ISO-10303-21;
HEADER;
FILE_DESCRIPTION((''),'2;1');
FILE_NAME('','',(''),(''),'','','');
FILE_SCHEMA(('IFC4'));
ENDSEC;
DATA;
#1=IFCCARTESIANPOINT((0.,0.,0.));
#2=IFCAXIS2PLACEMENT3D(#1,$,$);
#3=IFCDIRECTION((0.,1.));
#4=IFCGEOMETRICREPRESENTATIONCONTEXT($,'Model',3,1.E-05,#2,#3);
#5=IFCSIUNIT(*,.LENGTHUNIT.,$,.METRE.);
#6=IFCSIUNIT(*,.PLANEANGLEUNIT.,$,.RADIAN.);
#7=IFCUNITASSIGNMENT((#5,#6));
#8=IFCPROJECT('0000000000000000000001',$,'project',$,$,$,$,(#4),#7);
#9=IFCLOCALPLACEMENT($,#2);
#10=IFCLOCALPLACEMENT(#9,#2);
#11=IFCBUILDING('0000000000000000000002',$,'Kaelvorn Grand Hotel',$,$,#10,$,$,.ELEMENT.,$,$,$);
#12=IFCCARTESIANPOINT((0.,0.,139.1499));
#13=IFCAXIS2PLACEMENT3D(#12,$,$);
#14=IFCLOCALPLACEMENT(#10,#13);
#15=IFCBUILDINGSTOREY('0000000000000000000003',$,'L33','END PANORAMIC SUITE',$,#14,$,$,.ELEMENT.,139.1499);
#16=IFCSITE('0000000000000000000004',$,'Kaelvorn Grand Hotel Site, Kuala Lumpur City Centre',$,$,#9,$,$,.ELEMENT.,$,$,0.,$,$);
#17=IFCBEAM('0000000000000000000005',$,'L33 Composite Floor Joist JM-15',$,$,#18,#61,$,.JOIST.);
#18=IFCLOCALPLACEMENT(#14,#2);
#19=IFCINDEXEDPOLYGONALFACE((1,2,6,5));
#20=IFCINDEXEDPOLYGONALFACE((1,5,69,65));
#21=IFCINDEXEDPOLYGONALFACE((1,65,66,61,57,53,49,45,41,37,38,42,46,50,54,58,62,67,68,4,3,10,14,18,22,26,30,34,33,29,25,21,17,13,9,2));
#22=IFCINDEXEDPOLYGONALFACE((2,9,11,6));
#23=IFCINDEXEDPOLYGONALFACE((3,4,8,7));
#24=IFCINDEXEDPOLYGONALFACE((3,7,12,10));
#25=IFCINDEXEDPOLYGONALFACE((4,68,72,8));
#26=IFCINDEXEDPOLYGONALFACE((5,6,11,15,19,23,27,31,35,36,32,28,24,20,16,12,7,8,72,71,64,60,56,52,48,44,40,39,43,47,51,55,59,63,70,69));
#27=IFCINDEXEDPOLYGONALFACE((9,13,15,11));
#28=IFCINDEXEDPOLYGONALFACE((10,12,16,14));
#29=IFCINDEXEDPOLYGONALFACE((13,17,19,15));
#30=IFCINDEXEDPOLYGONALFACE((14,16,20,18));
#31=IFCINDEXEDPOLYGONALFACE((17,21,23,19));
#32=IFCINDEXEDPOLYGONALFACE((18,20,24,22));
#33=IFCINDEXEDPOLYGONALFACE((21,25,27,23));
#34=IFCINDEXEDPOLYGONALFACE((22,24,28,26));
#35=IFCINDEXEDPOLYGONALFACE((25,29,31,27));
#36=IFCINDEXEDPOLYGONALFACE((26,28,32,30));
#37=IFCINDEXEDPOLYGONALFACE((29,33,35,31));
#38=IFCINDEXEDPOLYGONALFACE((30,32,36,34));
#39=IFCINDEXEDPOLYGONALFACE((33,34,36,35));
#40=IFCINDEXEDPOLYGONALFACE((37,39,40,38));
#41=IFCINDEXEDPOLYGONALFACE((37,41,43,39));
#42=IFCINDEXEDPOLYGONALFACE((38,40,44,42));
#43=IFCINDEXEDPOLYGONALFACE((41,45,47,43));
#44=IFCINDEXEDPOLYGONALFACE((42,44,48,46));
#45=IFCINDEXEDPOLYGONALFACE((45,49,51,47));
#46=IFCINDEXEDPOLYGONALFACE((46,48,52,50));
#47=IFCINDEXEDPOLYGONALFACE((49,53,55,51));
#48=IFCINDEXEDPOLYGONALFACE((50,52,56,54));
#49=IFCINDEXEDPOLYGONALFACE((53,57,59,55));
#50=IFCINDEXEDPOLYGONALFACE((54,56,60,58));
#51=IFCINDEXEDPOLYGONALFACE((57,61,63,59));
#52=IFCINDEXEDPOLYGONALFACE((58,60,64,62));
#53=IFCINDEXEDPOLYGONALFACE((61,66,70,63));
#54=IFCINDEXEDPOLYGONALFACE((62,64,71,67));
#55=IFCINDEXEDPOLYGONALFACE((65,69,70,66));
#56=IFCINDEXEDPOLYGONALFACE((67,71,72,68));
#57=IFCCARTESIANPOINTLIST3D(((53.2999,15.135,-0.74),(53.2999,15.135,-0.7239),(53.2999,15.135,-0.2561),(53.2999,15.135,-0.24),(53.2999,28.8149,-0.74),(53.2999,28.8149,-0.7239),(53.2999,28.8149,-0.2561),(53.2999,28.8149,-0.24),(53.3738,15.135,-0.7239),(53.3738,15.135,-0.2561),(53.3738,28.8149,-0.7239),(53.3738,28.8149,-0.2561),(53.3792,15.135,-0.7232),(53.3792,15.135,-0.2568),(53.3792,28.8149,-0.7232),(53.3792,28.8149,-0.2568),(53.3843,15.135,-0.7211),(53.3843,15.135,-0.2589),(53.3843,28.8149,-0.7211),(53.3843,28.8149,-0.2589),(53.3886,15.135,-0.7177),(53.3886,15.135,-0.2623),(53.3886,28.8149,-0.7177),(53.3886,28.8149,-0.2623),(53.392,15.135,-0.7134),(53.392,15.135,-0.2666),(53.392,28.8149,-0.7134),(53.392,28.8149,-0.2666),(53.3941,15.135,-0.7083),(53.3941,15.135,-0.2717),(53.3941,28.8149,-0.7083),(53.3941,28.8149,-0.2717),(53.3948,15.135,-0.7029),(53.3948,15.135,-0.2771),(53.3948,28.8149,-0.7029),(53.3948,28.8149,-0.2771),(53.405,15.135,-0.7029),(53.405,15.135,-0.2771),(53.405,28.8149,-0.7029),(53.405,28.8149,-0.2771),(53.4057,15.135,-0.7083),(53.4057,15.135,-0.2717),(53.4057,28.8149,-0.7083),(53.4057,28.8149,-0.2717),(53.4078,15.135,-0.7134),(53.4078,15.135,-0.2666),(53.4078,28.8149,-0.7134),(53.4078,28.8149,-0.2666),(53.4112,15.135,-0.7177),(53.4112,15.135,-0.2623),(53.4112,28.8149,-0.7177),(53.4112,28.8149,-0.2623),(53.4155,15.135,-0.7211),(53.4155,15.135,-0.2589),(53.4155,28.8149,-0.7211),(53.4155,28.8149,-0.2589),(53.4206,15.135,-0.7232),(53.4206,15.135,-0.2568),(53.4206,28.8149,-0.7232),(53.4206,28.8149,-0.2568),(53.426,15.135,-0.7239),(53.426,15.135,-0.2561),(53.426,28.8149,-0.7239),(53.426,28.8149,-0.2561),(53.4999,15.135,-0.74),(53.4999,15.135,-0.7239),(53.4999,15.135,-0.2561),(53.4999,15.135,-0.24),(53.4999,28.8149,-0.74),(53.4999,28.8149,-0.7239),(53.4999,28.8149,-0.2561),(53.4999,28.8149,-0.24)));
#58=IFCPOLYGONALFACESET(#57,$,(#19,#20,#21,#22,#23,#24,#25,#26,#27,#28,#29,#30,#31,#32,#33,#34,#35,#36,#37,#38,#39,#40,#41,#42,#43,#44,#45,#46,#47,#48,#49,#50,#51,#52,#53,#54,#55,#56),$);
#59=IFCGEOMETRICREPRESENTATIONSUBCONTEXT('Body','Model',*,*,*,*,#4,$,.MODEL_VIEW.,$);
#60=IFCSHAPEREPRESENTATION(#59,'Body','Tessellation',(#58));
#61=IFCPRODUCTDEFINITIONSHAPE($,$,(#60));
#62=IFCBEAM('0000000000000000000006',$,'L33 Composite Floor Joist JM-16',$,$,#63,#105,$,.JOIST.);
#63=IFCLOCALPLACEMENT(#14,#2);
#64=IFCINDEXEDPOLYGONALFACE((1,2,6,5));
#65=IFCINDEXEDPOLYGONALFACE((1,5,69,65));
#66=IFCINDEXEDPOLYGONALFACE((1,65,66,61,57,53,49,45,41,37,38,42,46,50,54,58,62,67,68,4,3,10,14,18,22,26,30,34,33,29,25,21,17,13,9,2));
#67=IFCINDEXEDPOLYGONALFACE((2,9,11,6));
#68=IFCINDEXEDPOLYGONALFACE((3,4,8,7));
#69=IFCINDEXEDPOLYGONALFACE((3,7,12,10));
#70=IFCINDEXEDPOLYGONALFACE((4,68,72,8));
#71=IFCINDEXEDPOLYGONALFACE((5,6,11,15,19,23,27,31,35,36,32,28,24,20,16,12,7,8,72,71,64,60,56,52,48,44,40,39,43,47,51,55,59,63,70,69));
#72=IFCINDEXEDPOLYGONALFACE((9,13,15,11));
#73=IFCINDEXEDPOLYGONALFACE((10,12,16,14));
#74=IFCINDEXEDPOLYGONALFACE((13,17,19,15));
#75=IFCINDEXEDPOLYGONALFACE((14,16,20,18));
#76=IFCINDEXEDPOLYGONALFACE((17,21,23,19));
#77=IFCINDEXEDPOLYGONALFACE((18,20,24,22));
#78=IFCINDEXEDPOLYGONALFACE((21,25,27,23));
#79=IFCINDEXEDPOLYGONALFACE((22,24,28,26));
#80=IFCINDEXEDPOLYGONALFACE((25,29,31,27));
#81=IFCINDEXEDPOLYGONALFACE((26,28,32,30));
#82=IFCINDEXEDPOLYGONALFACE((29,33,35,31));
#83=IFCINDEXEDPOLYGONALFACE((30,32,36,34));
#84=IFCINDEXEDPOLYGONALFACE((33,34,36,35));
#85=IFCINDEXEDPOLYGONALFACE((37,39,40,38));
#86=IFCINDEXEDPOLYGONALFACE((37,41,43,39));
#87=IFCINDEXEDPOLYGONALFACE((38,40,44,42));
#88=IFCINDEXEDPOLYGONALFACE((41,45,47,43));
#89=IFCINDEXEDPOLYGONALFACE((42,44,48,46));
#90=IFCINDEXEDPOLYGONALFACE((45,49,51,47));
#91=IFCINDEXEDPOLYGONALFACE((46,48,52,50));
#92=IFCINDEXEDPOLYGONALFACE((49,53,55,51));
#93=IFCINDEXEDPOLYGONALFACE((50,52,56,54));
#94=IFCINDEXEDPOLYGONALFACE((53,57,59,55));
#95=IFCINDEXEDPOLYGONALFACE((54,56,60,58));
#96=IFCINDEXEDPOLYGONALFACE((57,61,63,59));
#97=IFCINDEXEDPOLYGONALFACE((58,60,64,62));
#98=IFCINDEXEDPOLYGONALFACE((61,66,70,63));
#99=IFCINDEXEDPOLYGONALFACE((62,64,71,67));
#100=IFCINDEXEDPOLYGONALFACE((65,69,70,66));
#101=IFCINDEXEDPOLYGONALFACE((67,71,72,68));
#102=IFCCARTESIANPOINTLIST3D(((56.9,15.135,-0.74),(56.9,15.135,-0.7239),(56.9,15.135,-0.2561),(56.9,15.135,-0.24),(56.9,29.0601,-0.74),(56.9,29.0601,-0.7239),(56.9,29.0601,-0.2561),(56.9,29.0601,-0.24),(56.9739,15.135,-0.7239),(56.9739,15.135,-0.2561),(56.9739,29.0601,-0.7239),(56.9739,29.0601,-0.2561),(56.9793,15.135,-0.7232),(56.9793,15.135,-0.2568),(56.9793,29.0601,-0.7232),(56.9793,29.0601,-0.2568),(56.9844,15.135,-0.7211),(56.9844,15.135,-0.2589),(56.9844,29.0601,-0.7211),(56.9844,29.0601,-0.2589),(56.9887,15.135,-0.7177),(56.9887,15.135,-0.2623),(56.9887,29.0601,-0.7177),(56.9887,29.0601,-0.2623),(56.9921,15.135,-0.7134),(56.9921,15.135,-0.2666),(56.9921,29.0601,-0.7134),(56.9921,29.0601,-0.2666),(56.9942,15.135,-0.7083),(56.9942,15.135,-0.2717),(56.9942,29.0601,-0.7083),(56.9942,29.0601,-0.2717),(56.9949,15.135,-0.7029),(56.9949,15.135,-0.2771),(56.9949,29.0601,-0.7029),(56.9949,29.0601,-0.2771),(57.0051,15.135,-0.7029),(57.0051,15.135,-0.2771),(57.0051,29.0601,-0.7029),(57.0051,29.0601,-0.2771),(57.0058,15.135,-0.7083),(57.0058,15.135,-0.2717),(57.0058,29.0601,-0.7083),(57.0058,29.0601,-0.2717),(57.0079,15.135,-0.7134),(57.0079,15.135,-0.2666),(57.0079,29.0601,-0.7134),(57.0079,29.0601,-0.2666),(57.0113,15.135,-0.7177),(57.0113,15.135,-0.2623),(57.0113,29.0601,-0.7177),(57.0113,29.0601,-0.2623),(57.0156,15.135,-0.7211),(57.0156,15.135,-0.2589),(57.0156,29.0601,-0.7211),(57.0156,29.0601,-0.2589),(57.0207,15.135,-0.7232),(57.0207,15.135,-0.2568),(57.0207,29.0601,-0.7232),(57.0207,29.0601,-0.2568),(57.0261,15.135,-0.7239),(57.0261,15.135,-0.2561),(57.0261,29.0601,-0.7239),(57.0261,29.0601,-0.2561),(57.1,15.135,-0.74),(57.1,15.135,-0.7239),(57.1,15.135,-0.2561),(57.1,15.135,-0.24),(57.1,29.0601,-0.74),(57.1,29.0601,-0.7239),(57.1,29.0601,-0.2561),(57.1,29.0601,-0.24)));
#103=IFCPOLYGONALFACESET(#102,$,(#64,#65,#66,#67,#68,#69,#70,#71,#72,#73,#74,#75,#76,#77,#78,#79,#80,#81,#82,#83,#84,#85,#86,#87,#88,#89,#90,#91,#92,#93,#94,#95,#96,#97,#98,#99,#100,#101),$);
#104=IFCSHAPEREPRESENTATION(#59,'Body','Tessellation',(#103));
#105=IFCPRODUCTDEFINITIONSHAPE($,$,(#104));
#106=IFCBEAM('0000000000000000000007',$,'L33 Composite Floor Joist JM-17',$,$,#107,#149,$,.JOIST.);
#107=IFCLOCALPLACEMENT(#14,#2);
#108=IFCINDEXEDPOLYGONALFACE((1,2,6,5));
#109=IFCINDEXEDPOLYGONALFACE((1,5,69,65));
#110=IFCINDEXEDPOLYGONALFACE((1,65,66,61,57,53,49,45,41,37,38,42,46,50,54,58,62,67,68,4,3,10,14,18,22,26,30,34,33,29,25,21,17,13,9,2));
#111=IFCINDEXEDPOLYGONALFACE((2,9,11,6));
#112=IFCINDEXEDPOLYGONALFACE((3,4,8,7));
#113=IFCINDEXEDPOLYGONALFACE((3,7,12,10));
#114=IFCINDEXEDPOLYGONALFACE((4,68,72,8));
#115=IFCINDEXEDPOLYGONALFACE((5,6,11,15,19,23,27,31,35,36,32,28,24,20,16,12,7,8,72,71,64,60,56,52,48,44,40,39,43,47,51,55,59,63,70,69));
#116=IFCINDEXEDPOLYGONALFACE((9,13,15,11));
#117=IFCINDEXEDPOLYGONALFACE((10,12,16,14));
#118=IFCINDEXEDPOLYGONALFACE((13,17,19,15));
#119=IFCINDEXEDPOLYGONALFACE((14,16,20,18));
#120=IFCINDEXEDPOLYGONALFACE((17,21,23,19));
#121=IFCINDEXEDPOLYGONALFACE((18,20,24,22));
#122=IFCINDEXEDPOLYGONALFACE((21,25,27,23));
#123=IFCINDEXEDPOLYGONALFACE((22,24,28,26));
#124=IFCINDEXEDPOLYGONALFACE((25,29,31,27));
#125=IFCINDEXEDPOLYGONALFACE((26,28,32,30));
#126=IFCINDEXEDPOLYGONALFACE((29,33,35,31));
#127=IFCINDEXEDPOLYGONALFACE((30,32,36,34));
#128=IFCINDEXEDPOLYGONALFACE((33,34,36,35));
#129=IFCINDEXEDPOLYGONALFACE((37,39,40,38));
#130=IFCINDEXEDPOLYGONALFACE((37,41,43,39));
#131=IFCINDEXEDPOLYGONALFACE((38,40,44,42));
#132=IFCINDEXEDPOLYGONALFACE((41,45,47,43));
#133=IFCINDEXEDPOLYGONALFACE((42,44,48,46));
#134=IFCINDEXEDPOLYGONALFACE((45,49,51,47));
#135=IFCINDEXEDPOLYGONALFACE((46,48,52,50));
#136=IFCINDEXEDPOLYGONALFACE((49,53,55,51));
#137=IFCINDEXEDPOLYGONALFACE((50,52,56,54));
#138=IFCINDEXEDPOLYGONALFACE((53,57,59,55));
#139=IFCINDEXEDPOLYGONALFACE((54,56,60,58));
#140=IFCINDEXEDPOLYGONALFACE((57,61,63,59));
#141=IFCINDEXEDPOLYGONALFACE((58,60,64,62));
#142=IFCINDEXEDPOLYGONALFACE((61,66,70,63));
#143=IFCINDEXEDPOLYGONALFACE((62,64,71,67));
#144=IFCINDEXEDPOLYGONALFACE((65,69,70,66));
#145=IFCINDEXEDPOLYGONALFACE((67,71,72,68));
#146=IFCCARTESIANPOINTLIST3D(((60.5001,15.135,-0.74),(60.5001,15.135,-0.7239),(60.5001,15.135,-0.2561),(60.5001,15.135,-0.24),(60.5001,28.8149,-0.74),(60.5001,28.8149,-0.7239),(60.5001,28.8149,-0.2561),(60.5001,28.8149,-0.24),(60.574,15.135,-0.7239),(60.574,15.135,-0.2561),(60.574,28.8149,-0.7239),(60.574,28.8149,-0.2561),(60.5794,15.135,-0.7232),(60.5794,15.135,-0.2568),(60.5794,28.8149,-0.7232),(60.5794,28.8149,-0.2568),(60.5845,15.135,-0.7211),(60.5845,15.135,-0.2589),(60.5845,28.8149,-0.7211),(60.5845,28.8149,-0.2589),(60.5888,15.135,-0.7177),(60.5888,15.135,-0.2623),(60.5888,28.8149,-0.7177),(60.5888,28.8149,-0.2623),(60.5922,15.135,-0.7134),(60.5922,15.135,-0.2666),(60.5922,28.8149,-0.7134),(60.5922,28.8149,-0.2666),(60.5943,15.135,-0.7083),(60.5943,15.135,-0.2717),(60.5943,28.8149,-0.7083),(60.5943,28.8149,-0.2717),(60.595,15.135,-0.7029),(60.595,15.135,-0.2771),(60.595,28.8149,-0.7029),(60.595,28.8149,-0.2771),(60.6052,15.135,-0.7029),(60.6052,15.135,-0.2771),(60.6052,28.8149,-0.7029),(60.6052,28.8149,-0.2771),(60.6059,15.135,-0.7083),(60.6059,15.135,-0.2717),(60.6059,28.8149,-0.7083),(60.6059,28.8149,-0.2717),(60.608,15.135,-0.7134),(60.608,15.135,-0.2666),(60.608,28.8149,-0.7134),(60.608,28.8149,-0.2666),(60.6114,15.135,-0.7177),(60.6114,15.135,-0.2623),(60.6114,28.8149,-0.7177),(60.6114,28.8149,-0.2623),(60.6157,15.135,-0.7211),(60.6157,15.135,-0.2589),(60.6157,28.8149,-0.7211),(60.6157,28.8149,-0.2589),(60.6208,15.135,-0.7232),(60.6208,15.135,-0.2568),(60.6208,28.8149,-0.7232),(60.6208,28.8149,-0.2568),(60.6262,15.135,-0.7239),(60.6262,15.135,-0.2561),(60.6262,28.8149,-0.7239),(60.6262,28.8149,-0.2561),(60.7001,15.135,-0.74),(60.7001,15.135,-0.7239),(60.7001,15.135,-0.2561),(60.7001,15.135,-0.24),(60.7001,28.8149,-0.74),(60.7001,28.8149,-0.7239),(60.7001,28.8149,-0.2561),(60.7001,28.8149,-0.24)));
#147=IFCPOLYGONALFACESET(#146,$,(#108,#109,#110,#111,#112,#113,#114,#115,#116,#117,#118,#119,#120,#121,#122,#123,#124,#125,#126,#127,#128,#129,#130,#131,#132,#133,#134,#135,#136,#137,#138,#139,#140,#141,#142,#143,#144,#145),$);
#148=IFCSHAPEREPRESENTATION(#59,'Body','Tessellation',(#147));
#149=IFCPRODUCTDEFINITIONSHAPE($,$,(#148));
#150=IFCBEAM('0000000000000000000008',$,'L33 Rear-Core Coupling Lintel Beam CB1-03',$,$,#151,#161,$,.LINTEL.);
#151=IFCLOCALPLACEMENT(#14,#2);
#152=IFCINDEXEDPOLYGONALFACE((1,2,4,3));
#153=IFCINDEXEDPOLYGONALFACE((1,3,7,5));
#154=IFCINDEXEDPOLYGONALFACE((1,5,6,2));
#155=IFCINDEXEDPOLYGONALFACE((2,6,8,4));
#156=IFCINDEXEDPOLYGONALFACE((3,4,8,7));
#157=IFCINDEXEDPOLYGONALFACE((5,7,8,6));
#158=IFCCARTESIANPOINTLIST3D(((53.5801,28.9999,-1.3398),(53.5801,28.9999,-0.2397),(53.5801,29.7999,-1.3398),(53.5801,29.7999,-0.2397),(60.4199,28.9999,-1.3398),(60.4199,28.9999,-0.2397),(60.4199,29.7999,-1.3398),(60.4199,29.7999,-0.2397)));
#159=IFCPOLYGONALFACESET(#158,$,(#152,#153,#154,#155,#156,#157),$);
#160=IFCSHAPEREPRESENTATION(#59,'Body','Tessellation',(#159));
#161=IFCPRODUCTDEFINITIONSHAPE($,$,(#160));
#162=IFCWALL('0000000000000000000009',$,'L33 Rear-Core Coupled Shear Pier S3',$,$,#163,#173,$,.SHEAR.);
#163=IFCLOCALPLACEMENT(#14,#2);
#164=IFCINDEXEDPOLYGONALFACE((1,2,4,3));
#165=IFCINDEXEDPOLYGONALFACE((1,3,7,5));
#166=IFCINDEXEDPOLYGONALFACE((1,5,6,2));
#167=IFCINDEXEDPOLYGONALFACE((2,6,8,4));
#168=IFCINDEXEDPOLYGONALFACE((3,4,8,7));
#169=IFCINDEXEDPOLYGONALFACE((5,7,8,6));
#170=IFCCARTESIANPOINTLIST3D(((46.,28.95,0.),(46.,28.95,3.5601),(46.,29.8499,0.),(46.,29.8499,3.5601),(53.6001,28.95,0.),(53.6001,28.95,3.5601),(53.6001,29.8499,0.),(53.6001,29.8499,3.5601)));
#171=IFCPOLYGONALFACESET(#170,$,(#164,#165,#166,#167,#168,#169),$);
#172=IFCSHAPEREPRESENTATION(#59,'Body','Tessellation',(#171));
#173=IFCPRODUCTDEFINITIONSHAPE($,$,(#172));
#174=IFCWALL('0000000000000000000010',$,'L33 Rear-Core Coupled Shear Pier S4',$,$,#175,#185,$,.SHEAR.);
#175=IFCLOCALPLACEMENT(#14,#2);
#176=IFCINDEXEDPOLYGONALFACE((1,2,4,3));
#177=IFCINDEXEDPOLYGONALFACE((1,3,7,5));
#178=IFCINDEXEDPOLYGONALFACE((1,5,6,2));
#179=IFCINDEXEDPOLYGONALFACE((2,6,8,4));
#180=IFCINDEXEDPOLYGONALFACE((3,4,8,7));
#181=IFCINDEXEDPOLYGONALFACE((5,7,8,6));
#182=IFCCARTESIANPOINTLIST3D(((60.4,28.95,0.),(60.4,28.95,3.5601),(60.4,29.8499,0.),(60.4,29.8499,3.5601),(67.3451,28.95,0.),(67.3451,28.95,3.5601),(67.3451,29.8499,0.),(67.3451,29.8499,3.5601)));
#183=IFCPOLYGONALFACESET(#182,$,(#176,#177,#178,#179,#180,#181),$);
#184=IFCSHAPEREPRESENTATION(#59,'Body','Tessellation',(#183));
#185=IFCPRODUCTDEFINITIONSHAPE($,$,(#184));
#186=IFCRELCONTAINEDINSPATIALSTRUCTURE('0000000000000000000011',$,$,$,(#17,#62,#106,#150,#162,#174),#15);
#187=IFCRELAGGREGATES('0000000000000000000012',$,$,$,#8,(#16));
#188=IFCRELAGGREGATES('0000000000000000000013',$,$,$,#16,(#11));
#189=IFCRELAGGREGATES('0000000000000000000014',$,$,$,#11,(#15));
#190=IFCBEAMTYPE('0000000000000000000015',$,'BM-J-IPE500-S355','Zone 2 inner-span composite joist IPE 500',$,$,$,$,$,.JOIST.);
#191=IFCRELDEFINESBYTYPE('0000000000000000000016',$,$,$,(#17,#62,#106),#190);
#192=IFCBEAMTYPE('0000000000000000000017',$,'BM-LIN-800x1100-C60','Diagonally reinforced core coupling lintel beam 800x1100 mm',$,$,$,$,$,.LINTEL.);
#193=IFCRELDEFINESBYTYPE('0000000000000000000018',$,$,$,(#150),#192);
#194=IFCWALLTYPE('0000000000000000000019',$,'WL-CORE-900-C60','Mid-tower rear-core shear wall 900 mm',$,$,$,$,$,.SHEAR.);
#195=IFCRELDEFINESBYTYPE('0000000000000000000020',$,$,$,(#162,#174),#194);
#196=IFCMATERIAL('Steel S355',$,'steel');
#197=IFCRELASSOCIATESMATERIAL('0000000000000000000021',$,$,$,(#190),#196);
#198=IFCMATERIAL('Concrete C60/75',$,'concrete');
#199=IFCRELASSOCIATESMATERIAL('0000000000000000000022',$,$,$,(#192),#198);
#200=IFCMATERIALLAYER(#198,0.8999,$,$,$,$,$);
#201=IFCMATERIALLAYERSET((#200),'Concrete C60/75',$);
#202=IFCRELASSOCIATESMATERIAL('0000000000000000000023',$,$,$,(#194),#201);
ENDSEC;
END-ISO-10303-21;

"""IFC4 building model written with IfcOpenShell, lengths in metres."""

from ifc_helpers import new_model, si_unit, direction, frame, frame_2d, origin, origin_2d, place, context, subcontext, project, spatial, rectangle, i_section, extrude, material, layer, layer_set, material_profile, profile_set, type_object, element, save


model = new_model("IFC4")

# Units and contexts
model_context = context("Model", 3, precision=1e-05, world=origin(), true_north=direction((0.0, 1.0)))
body_context = subcontext(model_context, "Body", "Model", "MODEL_VIEW")
ifc_project = project(units=[si_unit("LENGTHUNIT", "METRE"), si_unit("PLANEANGLEUNIT", "RADIAN")], contexts=[model_context])

# Site, building, storey
site_placement = place(None, origin())
site = spatial("IfcSite", under=ifc_project, at=site_placement, Name="Kaelvorn Grand Hotel Site, Kuala Lumpur City Centre", CompositionType="ELEMENT", RefElevation=0.0)
building_placement = place(site_placement, origin())
building = spatial("IfcBuilding", under=site, at=building_placement, Name="Kaelvorn Grand Hotel", CompositionType="ELEMENT")
storey_placement = place(building_placement, frame((0.0, 0.0, 139.1499)))
storey = spatial("IfcBuildingStorey", under=building, at=storey_placement, Name="L33", Description="END PANORAMIC SUITE", CompositionType="ELEMENT", Elevation=139.1499)

# Shared definitions
ifc_material_1 = material(Name="Concrete C60/75", Category="concrete")

# Beams
ifc_material_2 = material(Name="Steel S355", Category="steel")
ifc_material_profile_1 = material_profile(ifc_material_2, i_section(OverallWidth=0.2, OverallDepth=0.5, WebThickness=0.0103, FlangeThickness=0.0161, FilletRadius=0.021, at=origin_2d()), Name="IPE 500")
ifc_profile_set_1 = profile_set([ifc_material_profile_1], Name="Steel S355")
beam_type_1 = type_object("IfcBeamType", Name="BM-J-IPE500-S355", Description="Zone 2 inner-span composite joist IPE 500", PredefinedType="JOIST", material=ifc_profile_set_1)
beam_1_placement = place(storey_placement, frame((53.3999, 15.135, -0.49), z_axis=(0.0, 1.0, 0.0), x_axis=(-1.0, 0.0, 0.0)))
element("IfcBeam", 1, at=beam_1_placement, inside=storey, type_object=beam_type_1, Name="L33 Composite Floor Joist JM-15", PredefinedType="JOIST", context=body_context, shape_type="SweptSolid", body=[
    extrude(i_section(OverallWidth=0.2, OverallDepth=0.5, WebThickness=0.0103, FlangeThickness=0.0161, FilletRadius=0.021, at=origin_2d()), origin(), (0.0, 0.0, 1.0), 13.6799),
])
beam_2_placement = place(storey_placement, frame((57.0, 15.135, -0.49), z_axis=(0.0, 1.0, 0.0), x_axis=(-1.0, 0.0, 0.0)))
element("IfcBeam", 2, at=beam_2_placement, inside=storey, type_object=beam_type_1, Name="L33 Composite Floor Joist JM-16", PredefinedType="JOIST", context=body_context, shape_type="SweptSolid", body=[
    extrude(i_section(OverallWidth=0.2, OverallDepth=0.5, WebThickness=0.0103, FlangeThickness=0.0161, FilletRadius=0.021, at=origin_2d()), origin(), (0.0, 0.0, 1.0), 13.925),
])
beam_3_placement = place(storey_placement, frame((60.6001, 15.135, -0.49), z_axis=(0.0, 1.0, 0.0), x_axis=(-1.0, 0.0, 0.0)))
element("IfcBeam", 3, at=beam_3_placement, inside=storey, type_object=beam_type_1, Name="L33 Composite Floor Joist JM-17", PredefinedType="JOIST", context=body_context, shape_type="SweptSolid", body=[
    extrude(i_section(OverallWidth=0.2, OverallDepth=0.5, WebThickness=0.0103, FlangeThickness=0.0161, FilletRadius=0.021, at=origin_2d()), origin(), (0.0, 0.0, 1.0), 13.6799),
])
ifc_material_profile_2 = material_profile(ifc_material_1, rectangle(XDim=0.8, YDim=1.1001, at=origin_2d()), Name="RC LINTEL 800x1100")
ifc_profile_set_2 = profile_set([ifc_material_profile_2], Name="Concrete C60/75")
beam_type_2 = type_object("IfcBeamType", Name="BM-LIN-800x1100-C60", Description="Diagonally reinforced core coupling lintel beam 800x1100 mm", PredefinedType="LINTEL", material=ifc_profile_set_2)
beam_4_placement = place(storey_placement, frame((53.5801, 29.3999, -0.7898), z_axis=(1.0, 0.0, 0.0), x_axis=(0.0, 1.0, 0.0)))
element("IfcBeam", 4, at=beam_4_placement, inside=storey, type_object=beam_type_2, Name="L33 Rear-Core Coupling Lintel Beam CB1-03", PredefinedType="LINTEL", context=body_context, shape_type="SweptSolid", body=[
    extrude(rectangle(XDim=0.8, YDim=1.1001, at=origin_2d()), origin(), (0.0, 0.0, 1.0), 6.8398),
])

# Walls
ifc_layer_1 = layer(ifc_material_1, 0.8999)
ifc_layer_set_1 = layer_set([ifc_layer_1], Name="Concrete C60/75")
wall_type_1 = type_object("IfcWallType", Name="WL-CORE-900-C60", Description="Mid-tower rear-core shear wall 900 mm", PredefinedType="SHEAR", material=ifc_layer_set_1)
wall_1_placement = place(storey_placement, frame((46.0, 29.3999, 0.0), z_axis=(0.0, 0.0, 1.0), x_axis=(1.0, 0.0, 0.0)))
element("IfcWall", 5, at=wall_1_placement, inside=storey, type_object=wall_type_1, Name="L33 Rear-Core Coupled Shear Pier S3", PredefinedType="SHEAR", context=body_context, shape_type="SweptSolid", body=[
    extrude(rectangle(XDim=7.6001, YDim=0.8999, at=frame_2d((3.8, 0.0))), origin(), (0.0, 0.0, 1.0), 3.5601),
])
wall_2_placement = place(storey_placement, frame((60.3999, 29.3999, 0.0), z_axis=(0.0, 0.0, 1.0), x_axis=(1.0, 0.0, 0.0)))
element("IfcWall", 6, at=wall_2_placement, inside=storey, type_object=wall_type_1, Name="L33 Rear-Core Coupled Shear Pier S4", PredefinedType="SHEAR", context=body_context, shape_type="SweptSolid", body=[
    extrude(rectangle(XDim=6.9451, YDim=0.8999, at=frame_2d((3.4727, 0.0))), origin(), (0.0, 0.0, 1.0), 3.5601),
])

save(model, "model.ifc")
